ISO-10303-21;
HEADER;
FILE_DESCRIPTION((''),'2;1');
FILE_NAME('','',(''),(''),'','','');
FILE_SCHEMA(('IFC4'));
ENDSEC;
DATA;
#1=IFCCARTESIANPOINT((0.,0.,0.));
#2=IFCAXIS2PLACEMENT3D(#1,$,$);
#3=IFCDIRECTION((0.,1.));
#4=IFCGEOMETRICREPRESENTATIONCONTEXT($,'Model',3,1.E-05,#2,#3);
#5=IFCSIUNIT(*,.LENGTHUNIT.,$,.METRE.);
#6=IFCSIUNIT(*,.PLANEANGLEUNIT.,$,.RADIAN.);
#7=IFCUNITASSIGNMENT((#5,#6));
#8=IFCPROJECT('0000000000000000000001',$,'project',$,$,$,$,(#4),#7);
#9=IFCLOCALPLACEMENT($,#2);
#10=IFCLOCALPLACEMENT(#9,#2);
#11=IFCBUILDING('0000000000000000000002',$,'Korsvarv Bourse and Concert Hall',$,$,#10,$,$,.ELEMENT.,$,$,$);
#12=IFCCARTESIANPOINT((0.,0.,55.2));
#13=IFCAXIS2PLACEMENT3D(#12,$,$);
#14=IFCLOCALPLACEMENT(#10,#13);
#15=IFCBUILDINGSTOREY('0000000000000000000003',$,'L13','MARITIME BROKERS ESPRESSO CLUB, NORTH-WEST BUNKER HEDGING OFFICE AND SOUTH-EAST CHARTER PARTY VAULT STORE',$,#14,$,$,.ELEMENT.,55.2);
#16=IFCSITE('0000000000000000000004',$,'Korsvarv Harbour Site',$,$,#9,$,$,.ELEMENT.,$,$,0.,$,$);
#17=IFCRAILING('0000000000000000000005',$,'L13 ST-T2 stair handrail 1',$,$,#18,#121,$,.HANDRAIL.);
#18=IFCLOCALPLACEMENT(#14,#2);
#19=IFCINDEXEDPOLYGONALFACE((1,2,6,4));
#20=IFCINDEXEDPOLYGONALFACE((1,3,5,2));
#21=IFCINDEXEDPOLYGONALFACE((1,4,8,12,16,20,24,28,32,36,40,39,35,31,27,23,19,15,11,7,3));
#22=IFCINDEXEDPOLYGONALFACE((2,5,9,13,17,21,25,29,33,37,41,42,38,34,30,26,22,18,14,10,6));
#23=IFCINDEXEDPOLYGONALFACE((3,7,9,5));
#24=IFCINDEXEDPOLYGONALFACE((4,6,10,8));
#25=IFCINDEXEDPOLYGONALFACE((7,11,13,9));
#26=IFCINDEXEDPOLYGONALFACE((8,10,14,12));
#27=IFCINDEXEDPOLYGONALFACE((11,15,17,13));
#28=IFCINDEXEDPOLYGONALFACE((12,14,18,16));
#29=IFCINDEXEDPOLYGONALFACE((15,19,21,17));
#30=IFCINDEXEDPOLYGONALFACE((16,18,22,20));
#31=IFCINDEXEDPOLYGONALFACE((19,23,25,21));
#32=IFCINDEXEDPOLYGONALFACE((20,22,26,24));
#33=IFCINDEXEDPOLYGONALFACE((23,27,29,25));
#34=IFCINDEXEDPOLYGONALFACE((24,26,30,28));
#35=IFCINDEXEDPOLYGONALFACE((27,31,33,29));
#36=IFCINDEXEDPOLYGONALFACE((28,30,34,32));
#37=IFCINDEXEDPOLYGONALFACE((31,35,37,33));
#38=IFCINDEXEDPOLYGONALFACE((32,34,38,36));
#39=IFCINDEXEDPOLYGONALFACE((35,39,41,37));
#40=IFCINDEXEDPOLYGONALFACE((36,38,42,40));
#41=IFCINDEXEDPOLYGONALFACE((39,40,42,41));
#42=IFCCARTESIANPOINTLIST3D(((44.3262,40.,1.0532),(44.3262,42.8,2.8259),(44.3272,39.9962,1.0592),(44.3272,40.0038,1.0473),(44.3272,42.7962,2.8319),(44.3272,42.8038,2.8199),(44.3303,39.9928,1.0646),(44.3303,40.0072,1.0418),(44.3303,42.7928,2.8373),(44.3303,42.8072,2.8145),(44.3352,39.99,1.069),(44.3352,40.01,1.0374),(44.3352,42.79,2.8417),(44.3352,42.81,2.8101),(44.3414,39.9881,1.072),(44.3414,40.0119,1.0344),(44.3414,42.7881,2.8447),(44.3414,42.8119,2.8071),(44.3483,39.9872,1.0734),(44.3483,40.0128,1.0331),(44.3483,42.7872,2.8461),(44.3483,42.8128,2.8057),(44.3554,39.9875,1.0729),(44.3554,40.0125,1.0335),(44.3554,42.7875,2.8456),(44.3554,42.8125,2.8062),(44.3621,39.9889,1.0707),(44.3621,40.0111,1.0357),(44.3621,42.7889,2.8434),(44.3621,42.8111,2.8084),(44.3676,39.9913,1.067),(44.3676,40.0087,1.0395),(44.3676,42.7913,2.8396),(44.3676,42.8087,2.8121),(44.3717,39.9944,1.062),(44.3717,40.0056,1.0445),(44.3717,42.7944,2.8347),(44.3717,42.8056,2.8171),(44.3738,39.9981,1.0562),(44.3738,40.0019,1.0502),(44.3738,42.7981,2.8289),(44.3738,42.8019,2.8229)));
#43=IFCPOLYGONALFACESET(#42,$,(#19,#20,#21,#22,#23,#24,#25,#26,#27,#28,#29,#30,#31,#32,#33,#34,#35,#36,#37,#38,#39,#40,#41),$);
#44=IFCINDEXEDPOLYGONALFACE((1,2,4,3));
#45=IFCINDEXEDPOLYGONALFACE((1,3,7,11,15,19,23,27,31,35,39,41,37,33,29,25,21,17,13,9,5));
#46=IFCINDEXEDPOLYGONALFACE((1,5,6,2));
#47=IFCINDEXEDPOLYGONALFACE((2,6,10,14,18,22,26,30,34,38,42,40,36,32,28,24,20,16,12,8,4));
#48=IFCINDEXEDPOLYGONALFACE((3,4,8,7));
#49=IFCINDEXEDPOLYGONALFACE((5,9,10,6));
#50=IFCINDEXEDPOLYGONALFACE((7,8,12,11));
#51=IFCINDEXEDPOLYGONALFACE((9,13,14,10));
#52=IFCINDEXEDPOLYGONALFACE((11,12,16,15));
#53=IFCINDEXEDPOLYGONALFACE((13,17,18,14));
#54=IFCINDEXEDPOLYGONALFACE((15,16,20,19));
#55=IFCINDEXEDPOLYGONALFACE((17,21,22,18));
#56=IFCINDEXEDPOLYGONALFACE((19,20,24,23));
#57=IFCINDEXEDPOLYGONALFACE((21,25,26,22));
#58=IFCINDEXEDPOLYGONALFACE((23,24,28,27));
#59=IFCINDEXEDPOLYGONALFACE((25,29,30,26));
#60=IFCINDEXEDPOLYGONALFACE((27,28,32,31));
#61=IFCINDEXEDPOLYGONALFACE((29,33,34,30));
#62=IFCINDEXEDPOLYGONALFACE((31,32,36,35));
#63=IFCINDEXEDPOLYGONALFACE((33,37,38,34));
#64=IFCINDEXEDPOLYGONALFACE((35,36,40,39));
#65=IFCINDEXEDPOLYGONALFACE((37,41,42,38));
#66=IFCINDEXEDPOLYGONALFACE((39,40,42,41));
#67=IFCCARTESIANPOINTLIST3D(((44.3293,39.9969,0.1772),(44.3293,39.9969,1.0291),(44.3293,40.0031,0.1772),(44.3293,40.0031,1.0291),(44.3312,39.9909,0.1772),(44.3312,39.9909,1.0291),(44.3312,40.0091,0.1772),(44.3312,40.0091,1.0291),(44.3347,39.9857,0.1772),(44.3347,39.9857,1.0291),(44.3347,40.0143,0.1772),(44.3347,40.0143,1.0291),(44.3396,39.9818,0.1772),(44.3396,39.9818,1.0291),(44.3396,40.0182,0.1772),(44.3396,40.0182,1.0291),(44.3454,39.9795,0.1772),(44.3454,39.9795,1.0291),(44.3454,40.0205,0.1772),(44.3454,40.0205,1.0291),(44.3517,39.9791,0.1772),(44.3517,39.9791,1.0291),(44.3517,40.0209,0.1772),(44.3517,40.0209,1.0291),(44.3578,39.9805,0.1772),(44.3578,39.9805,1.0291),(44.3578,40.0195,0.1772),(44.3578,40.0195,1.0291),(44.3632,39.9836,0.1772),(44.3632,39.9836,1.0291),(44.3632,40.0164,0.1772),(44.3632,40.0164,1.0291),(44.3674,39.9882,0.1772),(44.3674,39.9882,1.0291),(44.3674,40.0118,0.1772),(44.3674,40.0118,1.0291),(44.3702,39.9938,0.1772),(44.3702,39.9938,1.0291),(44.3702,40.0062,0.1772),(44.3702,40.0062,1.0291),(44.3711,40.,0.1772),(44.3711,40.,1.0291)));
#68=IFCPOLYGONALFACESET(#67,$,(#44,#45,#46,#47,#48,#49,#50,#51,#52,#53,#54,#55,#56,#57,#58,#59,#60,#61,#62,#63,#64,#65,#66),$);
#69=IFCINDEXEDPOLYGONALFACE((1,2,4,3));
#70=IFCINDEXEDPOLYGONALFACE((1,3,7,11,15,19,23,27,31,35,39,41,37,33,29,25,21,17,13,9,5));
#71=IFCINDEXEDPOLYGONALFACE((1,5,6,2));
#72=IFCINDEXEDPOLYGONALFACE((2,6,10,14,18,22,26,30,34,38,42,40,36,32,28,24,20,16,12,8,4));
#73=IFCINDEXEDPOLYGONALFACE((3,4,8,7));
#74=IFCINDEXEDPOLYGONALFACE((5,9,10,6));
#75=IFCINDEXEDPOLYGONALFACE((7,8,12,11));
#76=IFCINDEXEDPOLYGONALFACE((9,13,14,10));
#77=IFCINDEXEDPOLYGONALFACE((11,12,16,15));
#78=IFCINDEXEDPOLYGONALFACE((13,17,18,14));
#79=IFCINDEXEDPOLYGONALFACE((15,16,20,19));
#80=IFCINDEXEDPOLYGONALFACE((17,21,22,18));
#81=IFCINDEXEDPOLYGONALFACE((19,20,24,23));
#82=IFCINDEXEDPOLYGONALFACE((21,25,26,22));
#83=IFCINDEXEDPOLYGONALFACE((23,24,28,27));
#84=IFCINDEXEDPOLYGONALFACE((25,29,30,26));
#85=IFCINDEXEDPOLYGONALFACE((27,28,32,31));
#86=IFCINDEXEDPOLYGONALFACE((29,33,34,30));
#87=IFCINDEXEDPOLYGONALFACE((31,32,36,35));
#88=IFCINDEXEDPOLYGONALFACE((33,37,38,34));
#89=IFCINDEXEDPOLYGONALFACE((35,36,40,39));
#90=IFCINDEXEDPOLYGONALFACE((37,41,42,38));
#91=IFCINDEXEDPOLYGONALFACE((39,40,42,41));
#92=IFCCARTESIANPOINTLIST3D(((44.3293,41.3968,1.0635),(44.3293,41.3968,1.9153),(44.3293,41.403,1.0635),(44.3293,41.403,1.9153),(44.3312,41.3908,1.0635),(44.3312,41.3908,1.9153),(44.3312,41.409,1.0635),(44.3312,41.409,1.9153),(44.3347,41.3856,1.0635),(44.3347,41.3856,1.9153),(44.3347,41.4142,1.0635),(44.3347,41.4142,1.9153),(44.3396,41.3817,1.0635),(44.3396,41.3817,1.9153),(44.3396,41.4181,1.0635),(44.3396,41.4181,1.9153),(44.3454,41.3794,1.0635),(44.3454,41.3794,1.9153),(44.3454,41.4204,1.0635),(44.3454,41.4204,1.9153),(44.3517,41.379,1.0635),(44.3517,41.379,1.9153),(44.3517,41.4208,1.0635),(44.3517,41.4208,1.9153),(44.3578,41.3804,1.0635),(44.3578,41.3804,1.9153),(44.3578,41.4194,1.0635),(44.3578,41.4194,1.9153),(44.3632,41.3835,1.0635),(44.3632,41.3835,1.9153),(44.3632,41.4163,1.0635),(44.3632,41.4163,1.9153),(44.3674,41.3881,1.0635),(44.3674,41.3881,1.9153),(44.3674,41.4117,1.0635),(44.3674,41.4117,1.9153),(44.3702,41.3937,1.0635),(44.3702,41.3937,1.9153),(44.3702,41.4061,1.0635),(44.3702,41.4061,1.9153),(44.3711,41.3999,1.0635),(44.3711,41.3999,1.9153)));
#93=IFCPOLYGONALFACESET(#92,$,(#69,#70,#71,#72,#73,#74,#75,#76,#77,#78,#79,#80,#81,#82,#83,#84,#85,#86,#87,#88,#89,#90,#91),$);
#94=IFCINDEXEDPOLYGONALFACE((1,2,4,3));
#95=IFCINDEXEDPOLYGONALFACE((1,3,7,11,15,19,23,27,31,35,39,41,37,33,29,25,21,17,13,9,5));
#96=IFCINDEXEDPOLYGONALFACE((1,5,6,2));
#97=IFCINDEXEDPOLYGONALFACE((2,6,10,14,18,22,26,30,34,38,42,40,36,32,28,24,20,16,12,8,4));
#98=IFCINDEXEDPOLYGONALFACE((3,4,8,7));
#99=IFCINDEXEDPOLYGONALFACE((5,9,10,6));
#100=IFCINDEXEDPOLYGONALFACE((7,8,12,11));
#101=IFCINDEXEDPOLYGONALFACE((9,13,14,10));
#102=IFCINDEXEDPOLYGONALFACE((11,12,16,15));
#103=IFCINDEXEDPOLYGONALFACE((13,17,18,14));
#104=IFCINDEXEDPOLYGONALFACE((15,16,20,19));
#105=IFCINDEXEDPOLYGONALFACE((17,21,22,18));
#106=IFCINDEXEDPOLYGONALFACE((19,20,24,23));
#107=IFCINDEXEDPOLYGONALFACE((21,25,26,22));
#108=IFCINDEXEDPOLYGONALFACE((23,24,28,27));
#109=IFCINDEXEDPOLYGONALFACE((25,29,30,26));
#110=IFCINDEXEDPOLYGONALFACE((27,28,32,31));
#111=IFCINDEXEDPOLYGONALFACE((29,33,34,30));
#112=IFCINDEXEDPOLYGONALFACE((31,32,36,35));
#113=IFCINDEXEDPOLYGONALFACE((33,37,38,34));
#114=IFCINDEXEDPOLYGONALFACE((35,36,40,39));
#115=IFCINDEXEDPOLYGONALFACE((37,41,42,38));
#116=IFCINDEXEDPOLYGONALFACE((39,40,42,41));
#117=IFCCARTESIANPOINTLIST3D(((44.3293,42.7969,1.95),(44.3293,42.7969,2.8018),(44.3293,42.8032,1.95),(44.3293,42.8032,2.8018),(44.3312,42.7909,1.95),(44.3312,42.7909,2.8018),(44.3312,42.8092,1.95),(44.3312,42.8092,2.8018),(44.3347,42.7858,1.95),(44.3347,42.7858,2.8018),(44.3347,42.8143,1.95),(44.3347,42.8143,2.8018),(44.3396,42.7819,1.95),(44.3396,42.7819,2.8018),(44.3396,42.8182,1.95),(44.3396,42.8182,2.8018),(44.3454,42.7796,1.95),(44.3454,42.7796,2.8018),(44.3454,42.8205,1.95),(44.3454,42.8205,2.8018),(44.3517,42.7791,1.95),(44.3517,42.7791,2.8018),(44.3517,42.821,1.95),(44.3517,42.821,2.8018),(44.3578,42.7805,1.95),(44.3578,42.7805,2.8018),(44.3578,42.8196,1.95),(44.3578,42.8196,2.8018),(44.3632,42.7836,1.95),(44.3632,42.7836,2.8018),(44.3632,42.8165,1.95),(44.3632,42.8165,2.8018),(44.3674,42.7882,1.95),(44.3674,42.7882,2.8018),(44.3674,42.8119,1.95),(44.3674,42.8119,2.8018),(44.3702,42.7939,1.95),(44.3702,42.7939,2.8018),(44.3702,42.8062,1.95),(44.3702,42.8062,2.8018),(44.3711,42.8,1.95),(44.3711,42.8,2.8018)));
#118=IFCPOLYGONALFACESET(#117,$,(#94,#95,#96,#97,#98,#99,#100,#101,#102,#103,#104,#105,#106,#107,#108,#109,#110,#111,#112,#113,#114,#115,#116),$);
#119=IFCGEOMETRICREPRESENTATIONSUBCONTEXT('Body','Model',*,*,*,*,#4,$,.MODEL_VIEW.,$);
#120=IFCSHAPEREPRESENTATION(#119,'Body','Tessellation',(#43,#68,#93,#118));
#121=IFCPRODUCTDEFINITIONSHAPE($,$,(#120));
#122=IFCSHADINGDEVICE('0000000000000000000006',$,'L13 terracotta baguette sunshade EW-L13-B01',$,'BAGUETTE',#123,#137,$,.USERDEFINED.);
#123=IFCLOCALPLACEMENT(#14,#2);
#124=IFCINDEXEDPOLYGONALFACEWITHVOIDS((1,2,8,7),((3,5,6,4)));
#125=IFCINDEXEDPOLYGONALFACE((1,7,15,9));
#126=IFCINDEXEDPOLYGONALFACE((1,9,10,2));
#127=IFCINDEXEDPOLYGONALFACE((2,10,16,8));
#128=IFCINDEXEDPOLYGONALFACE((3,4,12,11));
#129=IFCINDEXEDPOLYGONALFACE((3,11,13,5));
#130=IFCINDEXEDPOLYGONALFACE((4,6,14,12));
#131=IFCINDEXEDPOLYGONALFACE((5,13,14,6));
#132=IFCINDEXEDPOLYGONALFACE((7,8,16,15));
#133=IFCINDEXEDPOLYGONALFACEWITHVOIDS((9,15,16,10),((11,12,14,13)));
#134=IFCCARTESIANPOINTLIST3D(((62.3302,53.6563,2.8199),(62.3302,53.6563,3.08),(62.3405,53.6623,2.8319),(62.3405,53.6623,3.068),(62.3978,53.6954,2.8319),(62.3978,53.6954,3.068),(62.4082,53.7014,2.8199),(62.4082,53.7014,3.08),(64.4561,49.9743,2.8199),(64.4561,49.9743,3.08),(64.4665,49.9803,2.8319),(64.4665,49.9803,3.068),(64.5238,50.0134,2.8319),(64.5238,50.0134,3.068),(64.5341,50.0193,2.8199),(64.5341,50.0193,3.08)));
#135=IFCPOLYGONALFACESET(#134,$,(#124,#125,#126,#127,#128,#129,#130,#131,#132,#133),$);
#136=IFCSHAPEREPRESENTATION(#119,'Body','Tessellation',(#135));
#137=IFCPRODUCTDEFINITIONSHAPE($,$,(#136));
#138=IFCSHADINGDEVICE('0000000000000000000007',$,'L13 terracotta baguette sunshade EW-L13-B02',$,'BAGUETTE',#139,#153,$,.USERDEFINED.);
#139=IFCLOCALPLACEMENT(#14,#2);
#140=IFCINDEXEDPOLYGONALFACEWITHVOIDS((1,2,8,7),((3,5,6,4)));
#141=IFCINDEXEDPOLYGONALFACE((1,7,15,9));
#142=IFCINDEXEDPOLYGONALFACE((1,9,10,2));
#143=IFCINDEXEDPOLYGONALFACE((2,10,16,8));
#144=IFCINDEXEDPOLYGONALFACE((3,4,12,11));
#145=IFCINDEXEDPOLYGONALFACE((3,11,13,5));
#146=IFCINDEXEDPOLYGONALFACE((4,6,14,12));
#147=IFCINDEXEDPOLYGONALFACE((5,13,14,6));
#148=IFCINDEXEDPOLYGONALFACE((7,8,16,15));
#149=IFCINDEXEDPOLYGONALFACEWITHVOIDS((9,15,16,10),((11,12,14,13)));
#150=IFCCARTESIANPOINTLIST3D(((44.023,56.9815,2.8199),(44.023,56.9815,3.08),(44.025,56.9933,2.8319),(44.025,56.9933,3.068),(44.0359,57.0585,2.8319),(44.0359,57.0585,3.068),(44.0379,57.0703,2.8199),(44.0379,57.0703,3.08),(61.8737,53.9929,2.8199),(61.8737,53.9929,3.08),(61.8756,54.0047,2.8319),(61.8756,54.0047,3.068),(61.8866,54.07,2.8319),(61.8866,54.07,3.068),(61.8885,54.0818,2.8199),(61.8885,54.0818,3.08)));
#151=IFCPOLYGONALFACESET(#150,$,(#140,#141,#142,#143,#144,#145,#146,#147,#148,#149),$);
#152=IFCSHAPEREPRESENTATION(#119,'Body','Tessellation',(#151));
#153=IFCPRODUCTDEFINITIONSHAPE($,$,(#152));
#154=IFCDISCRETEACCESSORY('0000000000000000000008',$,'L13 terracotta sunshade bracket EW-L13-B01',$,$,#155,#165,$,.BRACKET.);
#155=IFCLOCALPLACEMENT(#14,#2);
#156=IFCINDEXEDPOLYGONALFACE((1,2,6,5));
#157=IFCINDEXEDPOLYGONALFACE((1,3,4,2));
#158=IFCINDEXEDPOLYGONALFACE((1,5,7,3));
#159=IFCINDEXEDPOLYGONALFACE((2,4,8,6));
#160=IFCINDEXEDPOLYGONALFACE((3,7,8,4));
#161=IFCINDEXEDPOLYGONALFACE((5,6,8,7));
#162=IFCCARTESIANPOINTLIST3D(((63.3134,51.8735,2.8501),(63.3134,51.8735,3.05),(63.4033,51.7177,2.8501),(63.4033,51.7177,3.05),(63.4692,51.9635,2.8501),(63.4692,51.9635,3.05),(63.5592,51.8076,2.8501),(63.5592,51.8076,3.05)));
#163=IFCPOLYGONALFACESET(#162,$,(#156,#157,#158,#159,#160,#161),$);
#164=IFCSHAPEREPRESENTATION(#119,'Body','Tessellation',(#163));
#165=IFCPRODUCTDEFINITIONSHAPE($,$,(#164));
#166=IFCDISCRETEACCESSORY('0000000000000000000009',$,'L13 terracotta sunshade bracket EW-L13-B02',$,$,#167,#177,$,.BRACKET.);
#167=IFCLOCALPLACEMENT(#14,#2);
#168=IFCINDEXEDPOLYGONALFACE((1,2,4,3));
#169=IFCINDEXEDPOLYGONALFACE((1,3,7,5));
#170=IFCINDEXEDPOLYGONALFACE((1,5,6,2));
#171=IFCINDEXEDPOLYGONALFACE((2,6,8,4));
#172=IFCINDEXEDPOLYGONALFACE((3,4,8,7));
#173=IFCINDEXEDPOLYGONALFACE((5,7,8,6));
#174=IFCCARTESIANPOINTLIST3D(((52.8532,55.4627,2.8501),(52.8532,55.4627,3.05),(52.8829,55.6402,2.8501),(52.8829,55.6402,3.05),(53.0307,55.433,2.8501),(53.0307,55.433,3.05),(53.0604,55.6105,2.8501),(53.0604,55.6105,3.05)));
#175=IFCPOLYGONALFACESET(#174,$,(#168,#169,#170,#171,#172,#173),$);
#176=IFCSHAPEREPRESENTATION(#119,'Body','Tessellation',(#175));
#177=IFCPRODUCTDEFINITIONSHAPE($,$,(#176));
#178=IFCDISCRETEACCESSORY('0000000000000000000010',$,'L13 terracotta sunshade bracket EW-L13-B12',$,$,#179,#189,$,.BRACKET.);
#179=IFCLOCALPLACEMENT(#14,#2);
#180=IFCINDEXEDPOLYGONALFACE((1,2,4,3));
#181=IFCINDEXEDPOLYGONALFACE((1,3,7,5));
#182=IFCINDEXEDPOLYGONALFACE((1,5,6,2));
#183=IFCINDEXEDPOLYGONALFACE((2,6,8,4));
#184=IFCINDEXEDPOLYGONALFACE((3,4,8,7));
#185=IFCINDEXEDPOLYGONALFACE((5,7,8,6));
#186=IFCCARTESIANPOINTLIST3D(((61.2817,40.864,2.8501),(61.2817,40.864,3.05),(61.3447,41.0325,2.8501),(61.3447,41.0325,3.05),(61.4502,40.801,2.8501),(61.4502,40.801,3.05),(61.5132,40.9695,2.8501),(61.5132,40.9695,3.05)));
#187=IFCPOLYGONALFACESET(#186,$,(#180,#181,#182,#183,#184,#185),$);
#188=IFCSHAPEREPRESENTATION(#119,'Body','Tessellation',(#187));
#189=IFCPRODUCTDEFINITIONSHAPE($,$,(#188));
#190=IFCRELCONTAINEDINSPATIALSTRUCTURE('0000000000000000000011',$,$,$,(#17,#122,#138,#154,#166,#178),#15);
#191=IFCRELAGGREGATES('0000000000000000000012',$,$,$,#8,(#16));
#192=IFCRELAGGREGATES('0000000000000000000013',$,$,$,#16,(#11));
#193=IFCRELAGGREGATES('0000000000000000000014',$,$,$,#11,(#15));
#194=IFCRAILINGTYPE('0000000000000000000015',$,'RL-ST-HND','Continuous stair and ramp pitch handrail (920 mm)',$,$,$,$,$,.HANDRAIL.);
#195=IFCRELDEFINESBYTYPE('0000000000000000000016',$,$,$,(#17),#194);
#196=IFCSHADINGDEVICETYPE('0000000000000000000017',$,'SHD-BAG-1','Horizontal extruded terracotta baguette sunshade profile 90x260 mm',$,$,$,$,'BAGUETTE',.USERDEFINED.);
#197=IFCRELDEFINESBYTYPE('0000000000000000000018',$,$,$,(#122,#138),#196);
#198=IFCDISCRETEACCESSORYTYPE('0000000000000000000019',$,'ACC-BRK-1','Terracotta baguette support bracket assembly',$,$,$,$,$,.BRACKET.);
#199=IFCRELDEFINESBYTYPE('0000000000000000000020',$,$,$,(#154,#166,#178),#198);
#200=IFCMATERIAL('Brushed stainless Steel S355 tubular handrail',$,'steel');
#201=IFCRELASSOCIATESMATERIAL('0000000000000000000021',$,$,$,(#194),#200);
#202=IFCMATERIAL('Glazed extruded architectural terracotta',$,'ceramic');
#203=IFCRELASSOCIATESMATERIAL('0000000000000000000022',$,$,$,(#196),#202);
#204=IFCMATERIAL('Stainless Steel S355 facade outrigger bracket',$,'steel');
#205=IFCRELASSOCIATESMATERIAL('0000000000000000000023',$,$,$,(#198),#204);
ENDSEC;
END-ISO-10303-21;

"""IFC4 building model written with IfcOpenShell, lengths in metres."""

from ifc_helpers import new_model, si_unit, direction, frame, origin, origin_2d, place, context, subcontext, project, spatial, rectangle, hollow_rectangle, circle, extrude, source, transform, mapped, material, material_profile, profile_set, type_object, element, save


model = new_model("IFC4")

# Units and contexts
model_context = context("Model", 3, precision=1e-05, world=origin(), true_north=direction((0.0, 1.0)))
body_context = subcontext(model_context, "Body", "Model", "MODEL_VIEW")
ifc_project = project(units=[si_unit("LENGTHUNIT", "METRE"), si_unit("PLANEANGLEUNIT", "RADIAN")], contexts=[model_context])

# Site, building, storey
site_placement = place(None, origin())
site = spatial("IfcSite", under=ifc_project, at=site_placement, Name="Korsvarv Harbour Site", CompositionType="ELEMENT", RefElevation=0.0)
building_placement = place(site_placement, origin())
building = spatial("IfcBuilding", under=site, at=building_placement, Name="Korsvarv Bourse and Concert Hall", CompositionType="ELEMENT")
storey_placement = place(building_placement, frame((0.0, 0.0, 55.2)))
storey = spatial("IfcBuildingStorey", under=building, at=storey_placement, Name="L13", Description="MARITIME BROKERS ESPRESSO CLUB, NORTH-WEST BUNKER HEDGING OFFICE AND SOUTH-EAST CHARTER PARTY VAULT STORE", CompositionType="ELEMENT", Elevation=55.2)

# Railing
ifc_material_1 = material(Name="Brushed stainless Steel S355 tubular handrail", Category="steel")
railing_type_1 = type_object("IfcRailingType", Name="RL-ST-HND", Description="Continuous stair and ramp pitch handrail (920 mm)", PredefinedType="HANDRAIL", material=ifc_material_1)
railing_1_placement = place(storey_placement, frame((44.3501, 40.0, 0.1772)))
element("IfcRailing", 1, at=railing_1_placement, inside=storey, type_object=railing_type_1, Name="L13 ST-T2 stair handrail 1", PredefinedType="HANDRAIL", context=body_context, shape_type="SweptSolid", body=[
    extrude(circle(Radius=0.0239, at=origin_2d()), frame((0.0, 0.0, 0.876), z_axis=(0.0, 0.844909, 0.53491), x_axis=(-1.0, 0.0, 0.0)), (0.0, 0.0, 1.0), 3.314),
    extrude(circle(Radius=0.021, at=origin_2d()), origin(), (0.0, 0.0, 1.0), 0.8518),
    extrude(circle(Radius=0.021, at=origin_2d()), frame((0.0, 1.3999, 0.8862)), (0.0, 0.0, 1.0), 0.8518),
    extrude(circle(Radius=0.021, at=origin_2d()), frame((0.0, 2.8, 1.7727)), (0.0, 0.0, 1.0), 0.8518),
])

# Shading devices
ifc_material_2 = material(Name="Glazed extruded architectural terracotta", Category="ceramic")
ifc_material_profile_1 = material_profile(ifc_material_2, hollow_rectangle(XDim=0.0901, YDim=0.26, WallThickness=0.012, at=origin_2d()), Name="TC-BAG 90x260")
ifc_profile_set_1 = profile_set([ifc_material_profile_1], Name="Glazed extruded architectural terracotta")
shading_device_type = type_object("IfcShadingDeviceType", Name="SHD-BAG-1", Description="Horizontal extruded terracotta baguette sunshade profile 90x260 mm", ElementType="BAGUETTE", PredefinedType="USERDEFINED", material=ifc_profile_set_1)
shared_shape_1 = source(origin(), body_context, "Body", "SweptSolid", [
    extrude(hollow_rectangle(XDim=0.0901, YDim=0.26, WallThickness=0.012, at=origin_2d()), origin(), (0.0, 0.0, 1.0), 4.2517),
])
shading_device_1_placement = place(storey_placement, frame((64.4951, 49.9968, 2.95), z_axis=(-0.500017, 0.866015, 0.0), x_axis=(-0.866015, -0.500017, 0.0)))
element("IfcShadingDevice", 2, at=shading_device_1_placement, inside=storey, type_object=shading_device_type, Name="L13 terracotta baguette sunshade EW-L13-B01", ObjectType="BAGUETTE", PredefinedType="USERDEFINED", context=body_context, shape_type="MappedRepresentation", body=[
    mapped(shared_shape_1, transform((0.0, 0.0, 0.0), scale=1.0)),
])
shared_shape_2 = source(origin(), body_context, "Body", "SweptSolid", [
    extrude(hollow_rectangle(XDim=0.0901, YDim=0.26, WallThickness=0.012, at=origin_2d()), origin(), (0.0, 0.0, 1.0), 18.0991),
])
shading_device_2_placement = place(storey_placement, frame((61.8811, 54.0374, 2.95), z_axis=(-0.986273, 0.165121, 0.0), x_axis=(-0.165121, -0.986273, 0.0)))
element("IfcShadingDevice", 3, at=shading_device_2_placement, inside=storey, type_object=shading_device_type, Name="L13 terracotta baguette sunshade EW-L13-B02", ObjectType="BAGUETTE", PredefinedType="USERDEFINED", context=body_context, shape_type="MappedRepresentation", body=[
    mapped(shared_shape_2, transform((0.0, 0.0, 0.0), scale=1.0)),
])

# Discrete accessories
ifc_material_3 = material(Name="Stainless Steel S355 facade outrigger bracket", Category="steel")
discrete_accessory_type = type_object("IfcDiscreteAccessoryType", Name="ACC-BRK-1", Description="Terracotta baguette support bracket assembly", PredefinedType="BRACKET", material=ifc_material_3)
shared_shape_3 = source(origin(), body_context, "Body", "SweptSolid", [
    extrude(rectangle(XDim=0.1799, YDim=0.1799, at=origin_2d()), origin(), (0.0, 0.0, 1.0), 0.2),
])
for number, where, z_axis, x_axis, name in (
    (4, (63.4363, 51.8406, 2.8501), (0.0, 0.0, 1.0), (-0.5, 0.866025, 0.0), "L13 terracotta sunshade bracket EW-L13-B01"),
    (5, (52.9568, 55.5366, 2.8501), (0.0, 0.0, 1.0), (-0.986286, 0.165048, 0.0), "L13 terracotta sunshade bracket EW-L13-B02"),
    (6, (61.3975, 40.9167, 2.8501), (0.0, 0.0, 1.0), (0.350207, 0.936672, 0.0), "L13 terracotta sunshade bracket EW-L13-B12"),
):
    element("IfcDiscreteAccessory", number, at=place(storey_placement, frame(where, z_axis=z_axis, x_axis=x_axis)), inside=storey, type_object=discrete_accessory_type, Name=name, PredefinedType="BRACKET", context=body_context, shape_type="MappedRepresentation", body=[
        mapped(shared_shape_3, transform((0.0, 0.0, 0.0), scale=1.0)),
    ])

save(model, "model.ifc")
